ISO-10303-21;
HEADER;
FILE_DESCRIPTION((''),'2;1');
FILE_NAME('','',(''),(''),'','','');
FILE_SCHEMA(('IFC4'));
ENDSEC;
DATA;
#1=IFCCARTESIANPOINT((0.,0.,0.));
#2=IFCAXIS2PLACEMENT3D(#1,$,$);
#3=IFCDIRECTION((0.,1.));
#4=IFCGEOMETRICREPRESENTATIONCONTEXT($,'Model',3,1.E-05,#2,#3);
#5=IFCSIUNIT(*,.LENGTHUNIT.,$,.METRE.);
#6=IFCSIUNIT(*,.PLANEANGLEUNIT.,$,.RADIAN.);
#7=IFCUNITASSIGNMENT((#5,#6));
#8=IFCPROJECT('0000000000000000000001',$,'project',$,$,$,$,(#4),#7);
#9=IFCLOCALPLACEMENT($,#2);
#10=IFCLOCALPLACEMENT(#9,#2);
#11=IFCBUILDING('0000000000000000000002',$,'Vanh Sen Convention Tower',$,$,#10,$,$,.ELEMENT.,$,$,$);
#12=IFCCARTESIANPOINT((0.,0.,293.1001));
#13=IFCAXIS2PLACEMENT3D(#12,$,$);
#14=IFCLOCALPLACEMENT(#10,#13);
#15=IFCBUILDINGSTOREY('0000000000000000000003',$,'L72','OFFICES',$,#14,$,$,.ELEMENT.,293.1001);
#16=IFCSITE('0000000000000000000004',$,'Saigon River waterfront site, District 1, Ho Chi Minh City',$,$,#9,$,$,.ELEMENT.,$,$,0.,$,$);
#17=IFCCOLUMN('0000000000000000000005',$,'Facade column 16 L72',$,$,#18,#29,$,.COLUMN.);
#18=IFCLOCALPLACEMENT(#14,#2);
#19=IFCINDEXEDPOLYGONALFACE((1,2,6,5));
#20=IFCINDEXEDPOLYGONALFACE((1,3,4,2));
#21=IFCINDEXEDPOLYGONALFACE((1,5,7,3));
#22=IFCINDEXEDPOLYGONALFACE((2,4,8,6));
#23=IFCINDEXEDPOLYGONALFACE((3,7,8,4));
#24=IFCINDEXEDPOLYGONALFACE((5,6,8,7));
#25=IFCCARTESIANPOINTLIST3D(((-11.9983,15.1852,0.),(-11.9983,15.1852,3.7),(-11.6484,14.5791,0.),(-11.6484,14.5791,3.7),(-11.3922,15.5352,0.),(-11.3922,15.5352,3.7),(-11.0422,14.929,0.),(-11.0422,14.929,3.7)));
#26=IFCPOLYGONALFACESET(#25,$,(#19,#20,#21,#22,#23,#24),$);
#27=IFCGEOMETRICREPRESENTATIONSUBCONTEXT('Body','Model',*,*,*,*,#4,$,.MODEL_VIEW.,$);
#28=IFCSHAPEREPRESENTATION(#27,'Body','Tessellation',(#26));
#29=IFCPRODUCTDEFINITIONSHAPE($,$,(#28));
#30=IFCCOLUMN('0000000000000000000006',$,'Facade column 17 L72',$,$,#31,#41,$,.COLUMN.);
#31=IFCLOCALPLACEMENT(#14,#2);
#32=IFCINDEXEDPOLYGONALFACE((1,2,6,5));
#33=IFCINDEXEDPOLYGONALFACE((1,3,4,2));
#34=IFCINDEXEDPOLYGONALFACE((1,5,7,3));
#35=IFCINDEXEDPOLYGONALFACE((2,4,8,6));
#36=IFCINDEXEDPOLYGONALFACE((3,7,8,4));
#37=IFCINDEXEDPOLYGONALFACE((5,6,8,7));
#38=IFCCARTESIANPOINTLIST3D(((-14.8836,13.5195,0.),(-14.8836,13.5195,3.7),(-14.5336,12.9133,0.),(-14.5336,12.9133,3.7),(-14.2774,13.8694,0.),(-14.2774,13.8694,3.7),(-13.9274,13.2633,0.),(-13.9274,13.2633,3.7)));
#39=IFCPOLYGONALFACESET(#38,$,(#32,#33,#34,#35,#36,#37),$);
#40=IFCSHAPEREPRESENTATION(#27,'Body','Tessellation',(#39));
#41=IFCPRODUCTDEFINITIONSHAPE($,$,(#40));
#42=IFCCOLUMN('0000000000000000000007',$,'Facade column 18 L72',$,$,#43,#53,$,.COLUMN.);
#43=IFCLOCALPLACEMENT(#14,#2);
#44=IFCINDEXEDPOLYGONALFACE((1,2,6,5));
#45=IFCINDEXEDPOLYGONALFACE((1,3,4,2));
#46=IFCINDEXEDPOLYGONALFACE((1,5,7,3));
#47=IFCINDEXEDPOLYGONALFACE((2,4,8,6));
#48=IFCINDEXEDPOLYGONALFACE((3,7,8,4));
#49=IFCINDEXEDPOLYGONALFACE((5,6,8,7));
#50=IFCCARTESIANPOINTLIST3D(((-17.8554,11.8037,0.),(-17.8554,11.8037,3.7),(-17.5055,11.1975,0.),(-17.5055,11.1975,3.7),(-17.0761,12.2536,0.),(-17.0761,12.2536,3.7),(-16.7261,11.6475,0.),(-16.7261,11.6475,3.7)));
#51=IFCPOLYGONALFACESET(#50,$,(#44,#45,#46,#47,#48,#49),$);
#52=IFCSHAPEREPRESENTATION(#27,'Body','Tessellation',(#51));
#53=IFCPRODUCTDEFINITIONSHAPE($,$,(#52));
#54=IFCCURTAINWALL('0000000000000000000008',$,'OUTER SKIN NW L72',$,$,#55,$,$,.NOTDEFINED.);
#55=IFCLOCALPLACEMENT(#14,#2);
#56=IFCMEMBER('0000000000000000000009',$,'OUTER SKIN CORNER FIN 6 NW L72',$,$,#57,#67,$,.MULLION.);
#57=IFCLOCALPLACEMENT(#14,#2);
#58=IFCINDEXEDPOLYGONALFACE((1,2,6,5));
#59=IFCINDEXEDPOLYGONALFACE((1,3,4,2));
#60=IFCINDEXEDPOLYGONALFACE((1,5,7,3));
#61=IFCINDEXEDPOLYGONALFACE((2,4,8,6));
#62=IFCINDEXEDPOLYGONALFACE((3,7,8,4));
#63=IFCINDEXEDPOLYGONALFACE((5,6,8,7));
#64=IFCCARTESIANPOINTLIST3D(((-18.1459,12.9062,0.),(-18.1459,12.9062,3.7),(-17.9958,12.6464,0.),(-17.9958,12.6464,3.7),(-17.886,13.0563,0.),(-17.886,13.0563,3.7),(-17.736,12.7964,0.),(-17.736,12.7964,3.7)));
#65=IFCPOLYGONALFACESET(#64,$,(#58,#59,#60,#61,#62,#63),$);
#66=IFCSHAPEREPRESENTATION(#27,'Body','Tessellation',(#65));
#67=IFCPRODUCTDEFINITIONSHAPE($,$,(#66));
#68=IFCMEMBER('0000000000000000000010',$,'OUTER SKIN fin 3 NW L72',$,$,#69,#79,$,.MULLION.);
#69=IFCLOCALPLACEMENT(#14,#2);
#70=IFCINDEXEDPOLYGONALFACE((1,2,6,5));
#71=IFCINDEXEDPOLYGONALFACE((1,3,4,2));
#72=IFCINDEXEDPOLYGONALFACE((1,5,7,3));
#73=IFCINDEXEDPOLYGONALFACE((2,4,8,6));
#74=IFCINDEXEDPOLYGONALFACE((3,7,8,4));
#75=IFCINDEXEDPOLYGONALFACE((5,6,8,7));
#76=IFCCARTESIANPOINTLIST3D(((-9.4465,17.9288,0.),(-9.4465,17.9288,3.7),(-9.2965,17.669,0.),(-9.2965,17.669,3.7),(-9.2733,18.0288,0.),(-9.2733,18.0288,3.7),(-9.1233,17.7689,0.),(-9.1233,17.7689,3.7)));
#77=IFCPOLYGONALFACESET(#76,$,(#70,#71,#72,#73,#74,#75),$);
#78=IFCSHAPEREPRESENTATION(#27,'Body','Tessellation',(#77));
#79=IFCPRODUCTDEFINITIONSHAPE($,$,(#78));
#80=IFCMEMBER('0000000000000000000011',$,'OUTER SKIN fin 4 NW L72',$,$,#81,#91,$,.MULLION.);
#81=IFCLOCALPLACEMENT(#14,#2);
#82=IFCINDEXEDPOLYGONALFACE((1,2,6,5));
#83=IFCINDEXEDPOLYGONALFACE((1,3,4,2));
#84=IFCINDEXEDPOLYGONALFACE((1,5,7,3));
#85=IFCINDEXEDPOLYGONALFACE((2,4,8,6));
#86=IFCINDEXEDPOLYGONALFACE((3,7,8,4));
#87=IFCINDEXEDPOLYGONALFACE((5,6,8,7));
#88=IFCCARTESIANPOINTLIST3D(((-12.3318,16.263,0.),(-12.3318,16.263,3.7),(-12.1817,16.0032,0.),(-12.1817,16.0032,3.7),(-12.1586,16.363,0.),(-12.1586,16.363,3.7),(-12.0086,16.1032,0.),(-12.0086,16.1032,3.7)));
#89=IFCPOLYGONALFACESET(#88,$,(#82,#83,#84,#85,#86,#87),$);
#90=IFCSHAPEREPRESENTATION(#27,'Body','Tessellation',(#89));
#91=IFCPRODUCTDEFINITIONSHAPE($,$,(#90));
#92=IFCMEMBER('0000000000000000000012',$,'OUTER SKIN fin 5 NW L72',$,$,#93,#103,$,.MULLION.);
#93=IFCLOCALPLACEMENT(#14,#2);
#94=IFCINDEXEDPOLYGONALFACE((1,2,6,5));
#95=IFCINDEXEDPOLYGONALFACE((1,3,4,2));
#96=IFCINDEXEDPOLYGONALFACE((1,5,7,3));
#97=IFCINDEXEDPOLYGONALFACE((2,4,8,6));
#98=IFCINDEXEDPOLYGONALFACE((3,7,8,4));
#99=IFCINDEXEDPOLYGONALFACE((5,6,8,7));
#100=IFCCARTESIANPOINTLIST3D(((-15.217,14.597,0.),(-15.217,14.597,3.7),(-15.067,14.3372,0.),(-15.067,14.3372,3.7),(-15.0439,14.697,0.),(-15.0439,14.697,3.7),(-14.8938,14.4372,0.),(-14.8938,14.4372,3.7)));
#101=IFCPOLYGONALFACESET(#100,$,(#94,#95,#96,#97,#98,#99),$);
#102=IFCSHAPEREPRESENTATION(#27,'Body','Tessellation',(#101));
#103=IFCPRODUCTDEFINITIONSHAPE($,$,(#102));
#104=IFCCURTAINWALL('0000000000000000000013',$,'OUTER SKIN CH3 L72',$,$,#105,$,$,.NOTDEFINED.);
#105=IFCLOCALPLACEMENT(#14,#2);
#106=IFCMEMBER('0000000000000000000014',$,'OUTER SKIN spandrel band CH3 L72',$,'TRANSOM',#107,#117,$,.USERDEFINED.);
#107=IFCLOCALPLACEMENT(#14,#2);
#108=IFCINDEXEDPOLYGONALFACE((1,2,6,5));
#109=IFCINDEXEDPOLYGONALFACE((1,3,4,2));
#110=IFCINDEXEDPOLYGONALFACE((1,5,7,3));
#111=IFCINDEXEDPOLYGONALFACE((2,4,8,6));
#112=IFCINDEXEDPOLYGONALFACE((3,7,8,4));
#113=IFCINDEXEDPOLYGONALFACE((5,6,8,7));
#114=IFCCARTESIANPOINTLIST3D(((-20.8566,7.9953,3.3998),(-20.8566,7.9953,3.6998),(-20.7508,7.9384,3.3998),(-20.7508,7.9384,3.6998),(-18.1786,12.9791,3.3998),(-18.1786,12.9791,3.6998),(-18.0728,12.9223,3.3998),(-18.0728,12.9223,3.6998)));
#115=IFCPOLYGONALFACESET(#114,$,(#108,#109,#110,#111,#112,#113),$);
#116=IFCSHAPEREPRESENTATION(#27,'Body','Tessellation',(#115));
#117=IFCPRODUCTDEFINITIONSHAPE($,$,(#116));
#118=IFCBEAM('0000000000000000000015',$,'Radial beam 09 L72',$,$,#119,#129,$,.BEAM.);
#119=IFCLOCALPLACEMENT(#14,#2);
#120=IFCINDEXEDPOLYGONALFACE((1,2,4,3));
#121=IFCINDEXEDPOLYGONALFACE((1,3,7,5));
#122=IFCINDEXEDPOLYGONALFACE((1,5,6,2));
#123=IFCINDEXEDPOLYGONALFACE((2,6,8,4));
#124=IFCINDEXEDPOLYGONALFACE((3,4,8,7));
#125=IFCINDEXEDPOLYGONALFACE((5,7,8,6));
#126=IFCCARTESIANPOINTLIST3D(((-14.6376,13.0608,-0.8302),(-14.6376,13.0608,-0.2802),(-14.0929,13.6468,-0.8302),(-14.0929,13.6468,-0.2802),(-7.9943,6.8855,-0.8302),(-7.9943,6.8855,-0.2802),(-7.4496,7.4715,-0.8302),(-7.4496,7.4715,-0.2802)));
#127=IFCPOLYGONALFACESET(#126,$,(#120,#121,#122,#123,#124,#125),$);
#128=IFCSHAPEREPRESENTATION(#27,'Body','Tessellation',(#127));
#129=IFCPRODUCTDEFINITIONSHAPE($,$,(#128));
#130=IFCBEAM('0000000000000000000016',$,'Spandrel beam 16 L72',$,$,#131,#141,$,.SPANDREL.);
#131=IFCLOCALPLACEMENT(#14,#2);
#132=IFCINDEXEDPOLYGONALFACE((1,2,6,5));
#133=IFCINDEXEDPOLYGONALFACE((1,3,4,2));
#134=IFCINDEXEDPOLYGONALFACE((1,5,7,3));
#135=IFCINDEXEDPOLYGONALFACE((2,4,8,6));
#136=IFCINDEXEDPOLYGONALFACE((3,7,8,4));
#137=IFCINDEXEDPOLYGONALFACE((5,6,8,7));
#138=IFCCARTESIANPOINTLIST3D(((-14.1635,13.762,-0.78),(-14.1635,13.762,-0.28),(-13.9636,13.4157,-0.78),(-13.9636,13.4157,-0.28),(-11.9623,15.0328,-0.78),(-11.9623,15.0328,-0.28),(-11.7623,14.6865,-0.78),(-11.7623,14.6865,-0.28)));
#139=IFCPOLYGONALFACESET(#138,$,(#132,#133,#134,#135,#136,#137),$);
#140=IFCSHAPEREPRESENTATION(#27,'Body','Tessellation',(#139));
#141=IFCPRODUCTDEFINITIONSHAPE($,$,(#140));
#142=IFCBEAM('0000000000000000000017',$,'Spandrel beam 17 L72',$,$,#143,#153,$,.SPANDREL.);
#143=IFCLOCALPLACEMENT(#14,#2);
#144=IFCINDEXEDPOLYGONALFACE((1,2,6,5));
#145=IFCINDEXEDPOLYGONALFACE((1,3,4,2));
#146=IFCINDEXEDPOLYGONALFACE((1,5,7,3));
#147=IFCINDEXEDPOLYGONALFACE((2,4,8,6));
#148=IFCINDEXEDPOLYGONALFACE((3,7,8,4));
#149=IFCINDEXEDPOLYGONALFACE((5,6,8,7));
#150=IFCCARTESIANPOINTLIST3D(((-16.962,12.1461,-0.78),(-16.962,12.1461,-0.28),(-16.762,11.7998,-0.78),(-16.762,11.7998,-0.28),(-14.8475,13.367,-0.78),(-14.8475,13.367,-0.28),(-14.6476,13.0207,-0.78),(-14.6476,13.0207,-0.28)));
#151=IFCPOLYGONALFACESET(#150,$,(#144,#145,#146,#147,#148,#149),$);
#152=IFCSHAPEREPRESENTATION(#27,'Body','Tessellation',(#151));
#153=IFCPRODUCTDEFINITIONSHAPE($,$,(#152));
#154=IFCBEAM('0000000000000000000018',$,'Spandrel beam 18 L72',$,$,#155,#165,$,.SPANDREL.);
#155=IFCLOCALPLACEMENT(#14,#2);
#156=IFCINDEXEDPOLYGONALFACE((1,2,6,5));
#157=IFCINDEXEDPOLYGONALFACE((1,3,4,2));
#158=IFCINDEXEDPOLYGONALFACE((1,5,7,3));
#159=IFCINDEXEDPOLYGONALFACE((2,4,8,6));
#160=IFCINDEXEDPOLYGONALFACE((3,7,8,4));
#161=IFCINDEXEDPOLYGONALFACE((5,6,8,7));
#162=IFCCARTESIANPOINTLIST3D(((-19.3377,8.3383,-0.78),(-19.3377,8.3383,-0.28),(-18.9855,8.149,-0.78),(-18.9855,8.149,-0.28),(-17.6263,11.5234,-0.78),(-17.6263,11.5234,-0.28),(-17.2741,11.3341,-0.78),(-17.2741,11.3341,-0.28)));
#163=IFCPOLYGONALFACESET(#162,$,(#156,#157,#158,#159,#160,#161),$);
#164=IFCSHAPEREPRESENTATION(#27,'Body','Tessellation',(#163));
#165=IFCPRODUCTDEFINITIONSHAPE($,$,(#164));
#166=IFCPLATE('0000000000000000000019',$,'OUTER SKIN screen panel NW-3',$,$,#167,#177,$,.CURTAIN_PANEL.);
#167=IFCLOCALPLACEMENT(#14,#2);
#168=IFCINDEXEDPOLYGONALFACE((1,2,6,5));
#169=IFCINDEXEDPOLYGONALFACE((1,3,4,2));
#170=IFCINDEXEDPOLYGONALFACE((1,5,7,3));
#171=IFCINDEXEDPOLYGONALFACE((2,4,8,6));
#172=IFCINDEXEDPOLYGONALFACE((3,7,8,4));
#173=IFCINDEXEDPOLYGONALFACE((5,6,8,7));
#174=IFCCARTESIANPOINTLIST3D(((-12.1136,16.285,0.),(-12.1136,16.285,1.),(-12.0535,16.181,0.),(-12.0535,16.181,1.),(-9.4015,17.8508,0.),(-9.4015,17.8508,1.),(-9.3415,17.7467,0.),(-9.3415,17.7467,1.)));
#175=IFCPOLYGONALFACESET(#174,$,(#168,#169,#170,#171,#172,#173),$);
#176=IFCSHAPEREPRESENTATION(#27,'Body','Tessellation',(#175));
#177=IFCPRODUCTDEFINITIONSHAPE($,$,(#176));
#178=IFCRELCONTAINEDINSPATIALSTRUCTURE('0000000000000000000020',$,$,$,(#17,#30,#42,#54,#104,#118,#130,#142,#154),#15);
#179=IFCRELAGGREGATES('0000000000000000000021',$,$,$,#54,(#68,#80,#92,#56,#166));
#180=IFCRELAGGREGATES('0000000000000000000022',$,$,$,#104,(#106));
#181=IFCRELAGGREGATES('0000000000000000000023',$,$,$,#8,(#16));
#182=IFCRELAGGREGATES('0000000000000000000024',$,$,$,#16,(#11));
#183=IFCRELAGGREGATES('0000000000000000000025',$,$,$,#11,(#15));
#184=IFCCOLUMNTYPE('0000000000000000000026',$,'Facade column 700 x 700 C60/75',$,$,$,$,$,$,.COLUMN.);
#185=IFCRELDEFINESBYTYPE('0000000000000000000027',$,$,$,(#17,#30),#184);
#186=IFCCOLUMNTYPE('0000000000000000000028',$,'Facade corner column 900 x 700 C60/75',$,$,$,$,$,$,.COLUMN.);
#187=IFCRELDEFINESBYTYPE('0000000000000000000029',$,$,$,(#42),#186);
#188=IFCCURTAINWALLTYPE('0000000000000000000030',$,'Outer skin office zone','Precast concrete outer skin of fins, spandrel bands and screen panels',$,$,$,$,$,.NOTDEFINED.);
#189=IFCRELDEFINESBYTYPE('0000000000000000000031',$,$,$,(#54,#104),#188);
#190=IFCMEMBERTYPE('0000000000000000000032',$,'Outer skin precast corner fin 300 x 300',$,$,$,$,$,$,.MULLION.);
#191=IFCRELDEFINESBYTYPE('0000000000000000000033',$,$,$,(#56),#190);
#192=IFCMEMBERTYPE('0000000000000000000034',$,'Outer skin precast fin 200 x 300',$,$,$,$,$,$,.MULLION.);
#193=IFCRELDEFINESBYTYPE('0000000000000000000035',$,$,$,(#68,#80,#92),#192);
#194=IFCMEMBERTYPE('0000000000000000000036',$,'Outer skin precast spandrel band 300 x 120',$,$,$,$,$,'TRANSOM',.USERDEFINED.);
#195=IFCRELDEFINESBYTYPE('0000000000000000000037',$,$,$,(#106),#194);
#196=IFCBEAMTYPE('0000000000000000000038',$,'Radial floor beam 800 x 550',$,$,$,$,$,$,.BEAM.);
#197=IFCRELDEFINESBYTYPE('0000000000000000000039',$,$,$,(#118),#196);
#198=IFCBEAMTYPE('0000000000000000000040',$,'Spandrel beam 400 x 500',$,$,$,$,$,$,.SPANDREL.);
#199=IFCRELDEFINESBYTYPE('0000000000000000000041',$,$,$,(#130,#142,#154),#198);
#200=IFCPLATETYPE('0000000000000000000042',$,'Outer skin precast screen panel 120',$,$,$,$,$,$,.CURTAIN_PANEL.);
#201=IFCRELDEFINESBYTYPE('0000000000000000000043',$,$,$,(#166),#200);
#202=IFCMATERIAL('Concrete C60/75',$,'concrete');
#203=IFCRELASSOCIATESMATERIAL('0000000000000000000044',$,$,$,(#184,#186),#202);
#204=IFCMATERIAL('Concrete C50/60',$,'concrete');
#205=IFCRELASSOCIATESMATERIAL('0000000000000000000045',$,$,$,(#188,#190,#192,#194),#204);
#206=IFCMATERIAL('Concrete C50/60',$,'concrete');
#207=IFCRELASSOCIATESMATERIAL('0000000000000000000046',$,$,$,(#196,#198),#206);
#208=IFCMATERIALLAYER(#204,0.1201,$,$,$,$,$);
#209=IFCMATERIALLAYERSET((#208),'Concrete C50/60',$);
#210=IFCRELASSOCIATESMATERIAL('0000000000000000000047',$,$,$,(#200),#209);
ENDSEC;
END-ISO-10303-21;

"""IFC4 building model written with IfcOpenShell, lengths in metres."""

from ifc_helpers import new_model, si_unit, direction, frame, origin, origin_2d, place, context, subcontext, project, spatial, rectangle, extrude, material, layer, layer_set, material_profile, profile_set, type_object, element, aggregate, save


model = new_model("IFC4")

# Units and contexts
model_context = context("Model", 3, precision=1e-05, world=origin(), true_north=direction((0.0, 1.0)))
body_context = subcontext(model_context, "Body", "Model", "MODEL_VIEW")
ifc_project = project(units=[si_unit("LENGTHUNIT", "METRE"), si_unit("PLANEANGLEUNIT", "RADIAN")], contexts=[model_context])

# Site, building, storey
site_placement = place(None, origin())
site = spatial("IfcSite", under=ifc_project, at=site_placement, Name="Saigon River waterfront site, District 1, Ho Chi Minh City", CompositionType="ELEMENT", RefElevation=0.0)
building_placement = place(site_placement, origin())
building = spatial("IfcBuilding", under=site, at=building_placement, Name="Vanh Sen Convention Tower", CompositionType="ELEMENT")
storey_placement = place(building_placement, frame((0.0, 0.0, 293.1001)))
storey = spatial("IfcBuildingStorey", under=building, at=storey_placement, Name="L72", Description="OFFICES", CompositionType="ELEMENT", Elevation=293.1001)

# Columns
ifc_material_1 = material(Name="Concrete C60/75", Category="concrete")
ifc_material_profile_1 = material_profile(ifc_material_1, rectangle(XDim=0.7, YDim=0.7, at=origin_2d()), Name="RC 700X700")
ifc_profile_set_1 = profile_set([ifc_material_profile_1], Name="Concrete C60/75")
column_type_1 = type_object("IfcColumnType", Name="Facade column 700 x 700 C60/75", PredefinedType="COLUMN", material=ifc_profile_set_1)
for number, where, z_axis, x_axis, name in (
    (1, (-11.5203, 15.0571, 0.0), (0.0, 0.0, 1.0), (-0.866025, -0.5, 0.0), "Facade column 16 L72"),
    (2, (-14.4055, 13.3914, 0.0), (0.0, 0.0, 1.0), (-0.866025, -0.5, 0.0), "Facade column 17 L72"),
):
    element("IfcColumn", number, at=place(storey_placement, frame(where, z_axis=z_axis, x_axis=x_axis)), inside=storey, type_object=column_type_1, Name=name, PredefinedType="COLUMN", context=body_context, shape_type="SweptSolid", body=[
        extrude(rectangle(XDim=0.7, YDim=0.7, at=origin_2d()), origin(), (0.0, 0.0, 1.0), 3.7),
    ])
ifc_material_profile_2 = material_profile(ifc_material_1, rectangle(XDim=0.8999, YDim=0.7, at=origin_2d()), Name="RC 900X700")
ifc_profile_set_2 = profile_set([ifc_material_profile_2], Name="Concrete C60/75")
column_type_2 = type_object("IfcColumnType", Name="Facade corner column 900 x 700 C60/75", PredefinedType="COLUMN", material=ifc_profile_set_2)
column_placement = place(storey_placement, frame((-17.2908, 11.7256, 0.0), z_axis=(0.0, 0.0, 1.0), x_axis=(-0.866025, -0.5, 0.0)))
element("IfcColumn", 3, at=column_placement, inside=storey, type_object=column_type_2, Name="Facade column 18 L72", PredefinedType="COLUMN", context=body_context, shape_type="SweptSolid", body=[
    extrude(rectangle(XDim=0.8999, YDim=0.7, at=origin_2d()), origin(), (0.0, 0.0, 1.0), 3.7),
])

# Curtain wall, members
ifc_material_2 = material(Name="Concrete C50/60", Category="concrete")
curtain_wall_type = type_object("IfcCurtainWallType", Name="Outer skin office zone", Description="Precast concrete outer skin of fins, spandrel bands and screen panels", PredefinedType="NOTDEFINED", material=ifc_material_2)
curtain_wall_1_placement = place(storey_placement, origin())
curtain_wall_1 = element("IfcCurtainWall", 4, at=curtain_wall_1_placement, inside=storey, type_object=curtain_wall_type, Name="OUTER SKIN NW L72", PredefinedType="NOTDEFINED")
ifc_material_profile_3 = material_profile(ifc_material_2, rectangle(XDim=0.3, YDim=0.3, at=origin_2d()), Name="Outer skin precast corner fin 300 x 300")
ifc_profile_set_3 = profile_set([ifc_material_profile_3], Name="Concrete C50/60")
member_type_1 = type_object("IfcMemberType", Name="Outer skin precast corner fin 300 x 300", PredefinedType="MULLION", material=ifc_profile_set_3)
member_1_placement = place(storey_placement, frame((-17.9409, 12.8513, 0.0), z_axis=(0.0, 0.0, 1.0), x_axis=(-0.866025, -0.5, 0.0)))
member_1 = element("IfcMember", 5, at=member_1_placement, type_object=member_type_1, Name="OUTER SKIN CORNER FIN 6 NW L72", PredefinedType="MULLION", context=body_context, shape_type="SweptSolid", body=[
    extrude(rectangle(XDim=0.3, YDim=0.3, at=origin_2d()), origin(), (0.0, 0.0, 1.0), 3.7),
])
ifc_material_profile_4 = material_profile(ifc_material_2, rectangle(XDim=0.2, YDim=0.3, at=origin_2d()), Name="Outer skin precast fin 200 x 300")
ifc_profile_set_4 = profile_set([ifc_material_profile_4], Name="Concrete C50/60")
member_type_2 = type_object("IfcMemberType", Name="Outer skin precast fin 200 x 300", PredefinedType="MULLION", material=ifc_profile_set_4)
member_2_placement = place(storey_placement, frame((-9.2849, 17.8489, 0.0), z_axis=(0.0, 0.0, 1.0), x_axis=(-0.866025, -0.5, 0.0)))
member_2 = element("IfcMember", 6, at=member_2_placement, type_object=member_type_2, Name="OUTER SKIN fin 3 NW L72", PredefinedType="MULLION", context=body_context, shape_type="SweptSolid", body=[
    extrude(rectangle(XDim=0.2, YDim=0.3, at=origin_2d()), origin(), (0.0, 0.0, 1.0), 3.7),
])
member_3_placement = place(storey_placement, frame((-12.1702, 16.1831, 0.0), z_axis=(0.0, 0.0, 1.0), x_axis=(-0.866025, -0.5, 0.0)))
member_3 = element("IfcMember", 7, at=member_3_placement, type_object=member_type_2, Name="OUTER SKIN fin 4 NW L72", PredefinedType="MULLION", context=body_context, shape_type="SweptSolid", body=[
    extrude(rectangle(XDim=0.2, YDim=0.3, at=origin_2d()), origin(), (0.0, 0.0, 1.0), 3.7),
])
member_4_placement = place(storey_placement, frame((-15.0554, 14.5171, 0.0), z_axis=(0.0, 0.0, 1.0), x_axis=(-0.866025, -0.5, 0.0)))
member_4 = element("IfcMember", 8, at=member_4_placement, type_object=member_type_2, Name="OUTER SKIN fin 5 NW L72", PredefinedType="MULLION", context=body_context, shape_type="SweptSolid", body=[
    extrude(rectangle(XDim=0.2, YDim=0.3, at=origin_2d()), origin(), (0.0, 0.0, 1.0), 3.7),
])

# Curtain wall, member
curtain_wall_2_placement = place(storey_placement, origin())
curtain_wall_2 = element("IfcCurtainWall", 9, at=curtain_wall_2_placement, inside=storey, type_object=curtain_wall_type, Name="OUTER SKIN CH3 L72", PredefinedType="NOTDEFINED")
ifc_material_profile_5 = material_profile(ifc_material_2, rectangle(XDim=0.1201, YDim=0.3, at=origin_2d()), Name="Outer skin precast spandrel band 300 x 120")
ifc_profile_set_5 = profile_set([ifc_material_profile_5], Name="Concrete C50/60")
member_type_3 = type_object("IfcMemberType", Name="Outer skin precast spandrel band 300 x 120", ElementType="TRANSOM", PredefinedType="USERDEFINED", material=ifc_profile_set_5)
member_5_placement = place(storey_placement, frame((-18.1257, 12.9507, 3.5498), z_axis=(-0.473325, -0.880888, 0.0), x_axis=(0.880888, -0.473325, 0.0)))
member_5 = element("IfcMember", 10, at=member_5_placement, type_object=member_type_3, Name="OUTER SKIN spandrel band CH3 L72", ObjectType="TRANSOM", PredefinedType="USERDEFINED", context=body_context, shape_type="SweptSolid", body=[
    extrude(rectangle(XDim=0.1201, YDim=0.3, at=origin_2d()), origin(), (0.0, 0.0, 1.0), 5.6577),
])

# Beams
ifc_material_3 = material(Name="Concrete C50/60", Category="concrete")
ifc_material_profile_6 = material_profile(ifc_material_3, rectangle(XDim=0.8, YDim=0.55, at=origin_2d()), Name="RC 800X550")
ifc_profile_set_6 = profile_set([ifc_material_profile_6], Name="Concrete C50/60")
beam_type_1 = type_object("IfcBeamType", Name="Radial floor beam 800 x 550", PredefinedType="BEAM", material=ifc_profile_set_6)
beam_1_placement = place(storey_placement, frame((-14.3652, 13.3538, -0.5552), z_axis=(0.732436, -0.680836, 0.0), x_axis=(0.680836, 0.732436, 0.0)))
element("IfcBeam", 11, at=beam_1_placement, inside=storey, type_object=beam_type_1, Name="Radial beam 09 L72", PredefinedType="BEAM", context=body_context, shape_type="SweptSolid", body=[
    extrude(rectangle(XDim=0.8, YDim=0.55, at=origin_2d()), origin(), (0.0, 0.0, 1.0), 9.0701),
])
ifc_material_profile_7 = material_profile(ifc_material_3, rectangle(XDim=0.3999, YDim=0.5, at=origin_2d()), Name="RC 400X500")
ifc_profile_set_7 = profile_set([ifc_material_profile_7], Name="Concrete C50/60")
beam_type_2 = type_object("IfcBeamType", Name="Spandrel beam 400 x 500", PredefinedType="SPANDREL", material=ifc_profile_set_7)
beam_2_placement = place(storey_placement, frame((-11.8623, 14.8596, -0.53), z_axis=(-0.866042, -0.499972, 0.0), x_axis=(0.499972, -0.866042, 0.0)))
element("IfcBeam", 12, at=beam_2_placement, inside=storey, type_object=beam_type_2, Name="Spandrel beam 16 L72", PredefinedType="SPANDREL", context=body_context, shape_type="SweptSolid", body=[
    extrude(rectangle(XDim=0.3999, YDim=0.5, at=origin_2d()), origin(), (0.0, 0.0, 1.0), 2.5417),
])
beam_3_placement = place(storey_placement, frame((-14.7476, 13.1938, -0.53), z_axis=(-0.866001, -0.500043, 0.0), x_axis=(0.500043, -0.866001, 0.0)))
element("IfcBeam", 13, at=beam_3_placement, inside=storey, type_object=beam_type_2, Name="Spandrel beam 17 L72", PredefinedType="SPANDREL", context=body_context, shape_type="SweptSolid", body=[
    extrude(rectangle(XDim=0.3999, YDim=0.5, at=origin_2d()), origin(), (0.0, 0.0, 1.0), 2.4417),
])
beam_4_placement = place(storey_placement, frame((-17.4502, 11.4287, -0.53), z_axis=(-0.473327, -0.880887, 0.0), x_axis=(0.880887, -0.473327, 0.0)))
element("IfcBeam", 14, at=beam_4_placement, inside=storey, type_object=beam_type_2, Name="Spandrel beam 18 L72", PredefinedType="SPANDREL", context=body_context, shape_type="SweptSolid", body=[
    extrude(rectangle(XDim=0.3999, YDim=0.5, at=origin_2d()), origin(), (0.0, 0.0, 1.0), 3.6157),
])

# Plate
ifc_layer_1 = layer(ifc_material_2, 0.1201)
ifc_layer_set_1 = layer_set([ifc_layer_1], Name="Concrete C50/60")
plate_type = type_object("IfcPlateType", Name="Outer skin precast screen panel 120", PredefinedType="CURTAIN_PANEL", material=ifc_layer_set_1)
plate_1_placement = place(storey_placement, frame((-10.7275, 17.0159, 0.0), z_axis=(0.0, 0.0, 1.0), x_axis=(-0.866029, -0.499994, 0.0)))
plate_1 = element("IfcPlate", 15, at=plate_1_placement, type_object=plate_type, Name="OUTER SKIN screen panel NW-3", PredefinedType="CURTAIN_PANEL", context=body_context, shape_type="SweptSolid", body=[
    extrude(rectangle(XDim=3.1316, YDim=0.1201, at=origin_2d()), origin(), (0.0, 0.0, 1.0), 1.0),
])
aggregate(curtain_wall_1, [member_2, member_3, member_4, member_1, plate_1])
aggregate(curtain_wall_2, [member_5])

save(model, "model.ifc")
